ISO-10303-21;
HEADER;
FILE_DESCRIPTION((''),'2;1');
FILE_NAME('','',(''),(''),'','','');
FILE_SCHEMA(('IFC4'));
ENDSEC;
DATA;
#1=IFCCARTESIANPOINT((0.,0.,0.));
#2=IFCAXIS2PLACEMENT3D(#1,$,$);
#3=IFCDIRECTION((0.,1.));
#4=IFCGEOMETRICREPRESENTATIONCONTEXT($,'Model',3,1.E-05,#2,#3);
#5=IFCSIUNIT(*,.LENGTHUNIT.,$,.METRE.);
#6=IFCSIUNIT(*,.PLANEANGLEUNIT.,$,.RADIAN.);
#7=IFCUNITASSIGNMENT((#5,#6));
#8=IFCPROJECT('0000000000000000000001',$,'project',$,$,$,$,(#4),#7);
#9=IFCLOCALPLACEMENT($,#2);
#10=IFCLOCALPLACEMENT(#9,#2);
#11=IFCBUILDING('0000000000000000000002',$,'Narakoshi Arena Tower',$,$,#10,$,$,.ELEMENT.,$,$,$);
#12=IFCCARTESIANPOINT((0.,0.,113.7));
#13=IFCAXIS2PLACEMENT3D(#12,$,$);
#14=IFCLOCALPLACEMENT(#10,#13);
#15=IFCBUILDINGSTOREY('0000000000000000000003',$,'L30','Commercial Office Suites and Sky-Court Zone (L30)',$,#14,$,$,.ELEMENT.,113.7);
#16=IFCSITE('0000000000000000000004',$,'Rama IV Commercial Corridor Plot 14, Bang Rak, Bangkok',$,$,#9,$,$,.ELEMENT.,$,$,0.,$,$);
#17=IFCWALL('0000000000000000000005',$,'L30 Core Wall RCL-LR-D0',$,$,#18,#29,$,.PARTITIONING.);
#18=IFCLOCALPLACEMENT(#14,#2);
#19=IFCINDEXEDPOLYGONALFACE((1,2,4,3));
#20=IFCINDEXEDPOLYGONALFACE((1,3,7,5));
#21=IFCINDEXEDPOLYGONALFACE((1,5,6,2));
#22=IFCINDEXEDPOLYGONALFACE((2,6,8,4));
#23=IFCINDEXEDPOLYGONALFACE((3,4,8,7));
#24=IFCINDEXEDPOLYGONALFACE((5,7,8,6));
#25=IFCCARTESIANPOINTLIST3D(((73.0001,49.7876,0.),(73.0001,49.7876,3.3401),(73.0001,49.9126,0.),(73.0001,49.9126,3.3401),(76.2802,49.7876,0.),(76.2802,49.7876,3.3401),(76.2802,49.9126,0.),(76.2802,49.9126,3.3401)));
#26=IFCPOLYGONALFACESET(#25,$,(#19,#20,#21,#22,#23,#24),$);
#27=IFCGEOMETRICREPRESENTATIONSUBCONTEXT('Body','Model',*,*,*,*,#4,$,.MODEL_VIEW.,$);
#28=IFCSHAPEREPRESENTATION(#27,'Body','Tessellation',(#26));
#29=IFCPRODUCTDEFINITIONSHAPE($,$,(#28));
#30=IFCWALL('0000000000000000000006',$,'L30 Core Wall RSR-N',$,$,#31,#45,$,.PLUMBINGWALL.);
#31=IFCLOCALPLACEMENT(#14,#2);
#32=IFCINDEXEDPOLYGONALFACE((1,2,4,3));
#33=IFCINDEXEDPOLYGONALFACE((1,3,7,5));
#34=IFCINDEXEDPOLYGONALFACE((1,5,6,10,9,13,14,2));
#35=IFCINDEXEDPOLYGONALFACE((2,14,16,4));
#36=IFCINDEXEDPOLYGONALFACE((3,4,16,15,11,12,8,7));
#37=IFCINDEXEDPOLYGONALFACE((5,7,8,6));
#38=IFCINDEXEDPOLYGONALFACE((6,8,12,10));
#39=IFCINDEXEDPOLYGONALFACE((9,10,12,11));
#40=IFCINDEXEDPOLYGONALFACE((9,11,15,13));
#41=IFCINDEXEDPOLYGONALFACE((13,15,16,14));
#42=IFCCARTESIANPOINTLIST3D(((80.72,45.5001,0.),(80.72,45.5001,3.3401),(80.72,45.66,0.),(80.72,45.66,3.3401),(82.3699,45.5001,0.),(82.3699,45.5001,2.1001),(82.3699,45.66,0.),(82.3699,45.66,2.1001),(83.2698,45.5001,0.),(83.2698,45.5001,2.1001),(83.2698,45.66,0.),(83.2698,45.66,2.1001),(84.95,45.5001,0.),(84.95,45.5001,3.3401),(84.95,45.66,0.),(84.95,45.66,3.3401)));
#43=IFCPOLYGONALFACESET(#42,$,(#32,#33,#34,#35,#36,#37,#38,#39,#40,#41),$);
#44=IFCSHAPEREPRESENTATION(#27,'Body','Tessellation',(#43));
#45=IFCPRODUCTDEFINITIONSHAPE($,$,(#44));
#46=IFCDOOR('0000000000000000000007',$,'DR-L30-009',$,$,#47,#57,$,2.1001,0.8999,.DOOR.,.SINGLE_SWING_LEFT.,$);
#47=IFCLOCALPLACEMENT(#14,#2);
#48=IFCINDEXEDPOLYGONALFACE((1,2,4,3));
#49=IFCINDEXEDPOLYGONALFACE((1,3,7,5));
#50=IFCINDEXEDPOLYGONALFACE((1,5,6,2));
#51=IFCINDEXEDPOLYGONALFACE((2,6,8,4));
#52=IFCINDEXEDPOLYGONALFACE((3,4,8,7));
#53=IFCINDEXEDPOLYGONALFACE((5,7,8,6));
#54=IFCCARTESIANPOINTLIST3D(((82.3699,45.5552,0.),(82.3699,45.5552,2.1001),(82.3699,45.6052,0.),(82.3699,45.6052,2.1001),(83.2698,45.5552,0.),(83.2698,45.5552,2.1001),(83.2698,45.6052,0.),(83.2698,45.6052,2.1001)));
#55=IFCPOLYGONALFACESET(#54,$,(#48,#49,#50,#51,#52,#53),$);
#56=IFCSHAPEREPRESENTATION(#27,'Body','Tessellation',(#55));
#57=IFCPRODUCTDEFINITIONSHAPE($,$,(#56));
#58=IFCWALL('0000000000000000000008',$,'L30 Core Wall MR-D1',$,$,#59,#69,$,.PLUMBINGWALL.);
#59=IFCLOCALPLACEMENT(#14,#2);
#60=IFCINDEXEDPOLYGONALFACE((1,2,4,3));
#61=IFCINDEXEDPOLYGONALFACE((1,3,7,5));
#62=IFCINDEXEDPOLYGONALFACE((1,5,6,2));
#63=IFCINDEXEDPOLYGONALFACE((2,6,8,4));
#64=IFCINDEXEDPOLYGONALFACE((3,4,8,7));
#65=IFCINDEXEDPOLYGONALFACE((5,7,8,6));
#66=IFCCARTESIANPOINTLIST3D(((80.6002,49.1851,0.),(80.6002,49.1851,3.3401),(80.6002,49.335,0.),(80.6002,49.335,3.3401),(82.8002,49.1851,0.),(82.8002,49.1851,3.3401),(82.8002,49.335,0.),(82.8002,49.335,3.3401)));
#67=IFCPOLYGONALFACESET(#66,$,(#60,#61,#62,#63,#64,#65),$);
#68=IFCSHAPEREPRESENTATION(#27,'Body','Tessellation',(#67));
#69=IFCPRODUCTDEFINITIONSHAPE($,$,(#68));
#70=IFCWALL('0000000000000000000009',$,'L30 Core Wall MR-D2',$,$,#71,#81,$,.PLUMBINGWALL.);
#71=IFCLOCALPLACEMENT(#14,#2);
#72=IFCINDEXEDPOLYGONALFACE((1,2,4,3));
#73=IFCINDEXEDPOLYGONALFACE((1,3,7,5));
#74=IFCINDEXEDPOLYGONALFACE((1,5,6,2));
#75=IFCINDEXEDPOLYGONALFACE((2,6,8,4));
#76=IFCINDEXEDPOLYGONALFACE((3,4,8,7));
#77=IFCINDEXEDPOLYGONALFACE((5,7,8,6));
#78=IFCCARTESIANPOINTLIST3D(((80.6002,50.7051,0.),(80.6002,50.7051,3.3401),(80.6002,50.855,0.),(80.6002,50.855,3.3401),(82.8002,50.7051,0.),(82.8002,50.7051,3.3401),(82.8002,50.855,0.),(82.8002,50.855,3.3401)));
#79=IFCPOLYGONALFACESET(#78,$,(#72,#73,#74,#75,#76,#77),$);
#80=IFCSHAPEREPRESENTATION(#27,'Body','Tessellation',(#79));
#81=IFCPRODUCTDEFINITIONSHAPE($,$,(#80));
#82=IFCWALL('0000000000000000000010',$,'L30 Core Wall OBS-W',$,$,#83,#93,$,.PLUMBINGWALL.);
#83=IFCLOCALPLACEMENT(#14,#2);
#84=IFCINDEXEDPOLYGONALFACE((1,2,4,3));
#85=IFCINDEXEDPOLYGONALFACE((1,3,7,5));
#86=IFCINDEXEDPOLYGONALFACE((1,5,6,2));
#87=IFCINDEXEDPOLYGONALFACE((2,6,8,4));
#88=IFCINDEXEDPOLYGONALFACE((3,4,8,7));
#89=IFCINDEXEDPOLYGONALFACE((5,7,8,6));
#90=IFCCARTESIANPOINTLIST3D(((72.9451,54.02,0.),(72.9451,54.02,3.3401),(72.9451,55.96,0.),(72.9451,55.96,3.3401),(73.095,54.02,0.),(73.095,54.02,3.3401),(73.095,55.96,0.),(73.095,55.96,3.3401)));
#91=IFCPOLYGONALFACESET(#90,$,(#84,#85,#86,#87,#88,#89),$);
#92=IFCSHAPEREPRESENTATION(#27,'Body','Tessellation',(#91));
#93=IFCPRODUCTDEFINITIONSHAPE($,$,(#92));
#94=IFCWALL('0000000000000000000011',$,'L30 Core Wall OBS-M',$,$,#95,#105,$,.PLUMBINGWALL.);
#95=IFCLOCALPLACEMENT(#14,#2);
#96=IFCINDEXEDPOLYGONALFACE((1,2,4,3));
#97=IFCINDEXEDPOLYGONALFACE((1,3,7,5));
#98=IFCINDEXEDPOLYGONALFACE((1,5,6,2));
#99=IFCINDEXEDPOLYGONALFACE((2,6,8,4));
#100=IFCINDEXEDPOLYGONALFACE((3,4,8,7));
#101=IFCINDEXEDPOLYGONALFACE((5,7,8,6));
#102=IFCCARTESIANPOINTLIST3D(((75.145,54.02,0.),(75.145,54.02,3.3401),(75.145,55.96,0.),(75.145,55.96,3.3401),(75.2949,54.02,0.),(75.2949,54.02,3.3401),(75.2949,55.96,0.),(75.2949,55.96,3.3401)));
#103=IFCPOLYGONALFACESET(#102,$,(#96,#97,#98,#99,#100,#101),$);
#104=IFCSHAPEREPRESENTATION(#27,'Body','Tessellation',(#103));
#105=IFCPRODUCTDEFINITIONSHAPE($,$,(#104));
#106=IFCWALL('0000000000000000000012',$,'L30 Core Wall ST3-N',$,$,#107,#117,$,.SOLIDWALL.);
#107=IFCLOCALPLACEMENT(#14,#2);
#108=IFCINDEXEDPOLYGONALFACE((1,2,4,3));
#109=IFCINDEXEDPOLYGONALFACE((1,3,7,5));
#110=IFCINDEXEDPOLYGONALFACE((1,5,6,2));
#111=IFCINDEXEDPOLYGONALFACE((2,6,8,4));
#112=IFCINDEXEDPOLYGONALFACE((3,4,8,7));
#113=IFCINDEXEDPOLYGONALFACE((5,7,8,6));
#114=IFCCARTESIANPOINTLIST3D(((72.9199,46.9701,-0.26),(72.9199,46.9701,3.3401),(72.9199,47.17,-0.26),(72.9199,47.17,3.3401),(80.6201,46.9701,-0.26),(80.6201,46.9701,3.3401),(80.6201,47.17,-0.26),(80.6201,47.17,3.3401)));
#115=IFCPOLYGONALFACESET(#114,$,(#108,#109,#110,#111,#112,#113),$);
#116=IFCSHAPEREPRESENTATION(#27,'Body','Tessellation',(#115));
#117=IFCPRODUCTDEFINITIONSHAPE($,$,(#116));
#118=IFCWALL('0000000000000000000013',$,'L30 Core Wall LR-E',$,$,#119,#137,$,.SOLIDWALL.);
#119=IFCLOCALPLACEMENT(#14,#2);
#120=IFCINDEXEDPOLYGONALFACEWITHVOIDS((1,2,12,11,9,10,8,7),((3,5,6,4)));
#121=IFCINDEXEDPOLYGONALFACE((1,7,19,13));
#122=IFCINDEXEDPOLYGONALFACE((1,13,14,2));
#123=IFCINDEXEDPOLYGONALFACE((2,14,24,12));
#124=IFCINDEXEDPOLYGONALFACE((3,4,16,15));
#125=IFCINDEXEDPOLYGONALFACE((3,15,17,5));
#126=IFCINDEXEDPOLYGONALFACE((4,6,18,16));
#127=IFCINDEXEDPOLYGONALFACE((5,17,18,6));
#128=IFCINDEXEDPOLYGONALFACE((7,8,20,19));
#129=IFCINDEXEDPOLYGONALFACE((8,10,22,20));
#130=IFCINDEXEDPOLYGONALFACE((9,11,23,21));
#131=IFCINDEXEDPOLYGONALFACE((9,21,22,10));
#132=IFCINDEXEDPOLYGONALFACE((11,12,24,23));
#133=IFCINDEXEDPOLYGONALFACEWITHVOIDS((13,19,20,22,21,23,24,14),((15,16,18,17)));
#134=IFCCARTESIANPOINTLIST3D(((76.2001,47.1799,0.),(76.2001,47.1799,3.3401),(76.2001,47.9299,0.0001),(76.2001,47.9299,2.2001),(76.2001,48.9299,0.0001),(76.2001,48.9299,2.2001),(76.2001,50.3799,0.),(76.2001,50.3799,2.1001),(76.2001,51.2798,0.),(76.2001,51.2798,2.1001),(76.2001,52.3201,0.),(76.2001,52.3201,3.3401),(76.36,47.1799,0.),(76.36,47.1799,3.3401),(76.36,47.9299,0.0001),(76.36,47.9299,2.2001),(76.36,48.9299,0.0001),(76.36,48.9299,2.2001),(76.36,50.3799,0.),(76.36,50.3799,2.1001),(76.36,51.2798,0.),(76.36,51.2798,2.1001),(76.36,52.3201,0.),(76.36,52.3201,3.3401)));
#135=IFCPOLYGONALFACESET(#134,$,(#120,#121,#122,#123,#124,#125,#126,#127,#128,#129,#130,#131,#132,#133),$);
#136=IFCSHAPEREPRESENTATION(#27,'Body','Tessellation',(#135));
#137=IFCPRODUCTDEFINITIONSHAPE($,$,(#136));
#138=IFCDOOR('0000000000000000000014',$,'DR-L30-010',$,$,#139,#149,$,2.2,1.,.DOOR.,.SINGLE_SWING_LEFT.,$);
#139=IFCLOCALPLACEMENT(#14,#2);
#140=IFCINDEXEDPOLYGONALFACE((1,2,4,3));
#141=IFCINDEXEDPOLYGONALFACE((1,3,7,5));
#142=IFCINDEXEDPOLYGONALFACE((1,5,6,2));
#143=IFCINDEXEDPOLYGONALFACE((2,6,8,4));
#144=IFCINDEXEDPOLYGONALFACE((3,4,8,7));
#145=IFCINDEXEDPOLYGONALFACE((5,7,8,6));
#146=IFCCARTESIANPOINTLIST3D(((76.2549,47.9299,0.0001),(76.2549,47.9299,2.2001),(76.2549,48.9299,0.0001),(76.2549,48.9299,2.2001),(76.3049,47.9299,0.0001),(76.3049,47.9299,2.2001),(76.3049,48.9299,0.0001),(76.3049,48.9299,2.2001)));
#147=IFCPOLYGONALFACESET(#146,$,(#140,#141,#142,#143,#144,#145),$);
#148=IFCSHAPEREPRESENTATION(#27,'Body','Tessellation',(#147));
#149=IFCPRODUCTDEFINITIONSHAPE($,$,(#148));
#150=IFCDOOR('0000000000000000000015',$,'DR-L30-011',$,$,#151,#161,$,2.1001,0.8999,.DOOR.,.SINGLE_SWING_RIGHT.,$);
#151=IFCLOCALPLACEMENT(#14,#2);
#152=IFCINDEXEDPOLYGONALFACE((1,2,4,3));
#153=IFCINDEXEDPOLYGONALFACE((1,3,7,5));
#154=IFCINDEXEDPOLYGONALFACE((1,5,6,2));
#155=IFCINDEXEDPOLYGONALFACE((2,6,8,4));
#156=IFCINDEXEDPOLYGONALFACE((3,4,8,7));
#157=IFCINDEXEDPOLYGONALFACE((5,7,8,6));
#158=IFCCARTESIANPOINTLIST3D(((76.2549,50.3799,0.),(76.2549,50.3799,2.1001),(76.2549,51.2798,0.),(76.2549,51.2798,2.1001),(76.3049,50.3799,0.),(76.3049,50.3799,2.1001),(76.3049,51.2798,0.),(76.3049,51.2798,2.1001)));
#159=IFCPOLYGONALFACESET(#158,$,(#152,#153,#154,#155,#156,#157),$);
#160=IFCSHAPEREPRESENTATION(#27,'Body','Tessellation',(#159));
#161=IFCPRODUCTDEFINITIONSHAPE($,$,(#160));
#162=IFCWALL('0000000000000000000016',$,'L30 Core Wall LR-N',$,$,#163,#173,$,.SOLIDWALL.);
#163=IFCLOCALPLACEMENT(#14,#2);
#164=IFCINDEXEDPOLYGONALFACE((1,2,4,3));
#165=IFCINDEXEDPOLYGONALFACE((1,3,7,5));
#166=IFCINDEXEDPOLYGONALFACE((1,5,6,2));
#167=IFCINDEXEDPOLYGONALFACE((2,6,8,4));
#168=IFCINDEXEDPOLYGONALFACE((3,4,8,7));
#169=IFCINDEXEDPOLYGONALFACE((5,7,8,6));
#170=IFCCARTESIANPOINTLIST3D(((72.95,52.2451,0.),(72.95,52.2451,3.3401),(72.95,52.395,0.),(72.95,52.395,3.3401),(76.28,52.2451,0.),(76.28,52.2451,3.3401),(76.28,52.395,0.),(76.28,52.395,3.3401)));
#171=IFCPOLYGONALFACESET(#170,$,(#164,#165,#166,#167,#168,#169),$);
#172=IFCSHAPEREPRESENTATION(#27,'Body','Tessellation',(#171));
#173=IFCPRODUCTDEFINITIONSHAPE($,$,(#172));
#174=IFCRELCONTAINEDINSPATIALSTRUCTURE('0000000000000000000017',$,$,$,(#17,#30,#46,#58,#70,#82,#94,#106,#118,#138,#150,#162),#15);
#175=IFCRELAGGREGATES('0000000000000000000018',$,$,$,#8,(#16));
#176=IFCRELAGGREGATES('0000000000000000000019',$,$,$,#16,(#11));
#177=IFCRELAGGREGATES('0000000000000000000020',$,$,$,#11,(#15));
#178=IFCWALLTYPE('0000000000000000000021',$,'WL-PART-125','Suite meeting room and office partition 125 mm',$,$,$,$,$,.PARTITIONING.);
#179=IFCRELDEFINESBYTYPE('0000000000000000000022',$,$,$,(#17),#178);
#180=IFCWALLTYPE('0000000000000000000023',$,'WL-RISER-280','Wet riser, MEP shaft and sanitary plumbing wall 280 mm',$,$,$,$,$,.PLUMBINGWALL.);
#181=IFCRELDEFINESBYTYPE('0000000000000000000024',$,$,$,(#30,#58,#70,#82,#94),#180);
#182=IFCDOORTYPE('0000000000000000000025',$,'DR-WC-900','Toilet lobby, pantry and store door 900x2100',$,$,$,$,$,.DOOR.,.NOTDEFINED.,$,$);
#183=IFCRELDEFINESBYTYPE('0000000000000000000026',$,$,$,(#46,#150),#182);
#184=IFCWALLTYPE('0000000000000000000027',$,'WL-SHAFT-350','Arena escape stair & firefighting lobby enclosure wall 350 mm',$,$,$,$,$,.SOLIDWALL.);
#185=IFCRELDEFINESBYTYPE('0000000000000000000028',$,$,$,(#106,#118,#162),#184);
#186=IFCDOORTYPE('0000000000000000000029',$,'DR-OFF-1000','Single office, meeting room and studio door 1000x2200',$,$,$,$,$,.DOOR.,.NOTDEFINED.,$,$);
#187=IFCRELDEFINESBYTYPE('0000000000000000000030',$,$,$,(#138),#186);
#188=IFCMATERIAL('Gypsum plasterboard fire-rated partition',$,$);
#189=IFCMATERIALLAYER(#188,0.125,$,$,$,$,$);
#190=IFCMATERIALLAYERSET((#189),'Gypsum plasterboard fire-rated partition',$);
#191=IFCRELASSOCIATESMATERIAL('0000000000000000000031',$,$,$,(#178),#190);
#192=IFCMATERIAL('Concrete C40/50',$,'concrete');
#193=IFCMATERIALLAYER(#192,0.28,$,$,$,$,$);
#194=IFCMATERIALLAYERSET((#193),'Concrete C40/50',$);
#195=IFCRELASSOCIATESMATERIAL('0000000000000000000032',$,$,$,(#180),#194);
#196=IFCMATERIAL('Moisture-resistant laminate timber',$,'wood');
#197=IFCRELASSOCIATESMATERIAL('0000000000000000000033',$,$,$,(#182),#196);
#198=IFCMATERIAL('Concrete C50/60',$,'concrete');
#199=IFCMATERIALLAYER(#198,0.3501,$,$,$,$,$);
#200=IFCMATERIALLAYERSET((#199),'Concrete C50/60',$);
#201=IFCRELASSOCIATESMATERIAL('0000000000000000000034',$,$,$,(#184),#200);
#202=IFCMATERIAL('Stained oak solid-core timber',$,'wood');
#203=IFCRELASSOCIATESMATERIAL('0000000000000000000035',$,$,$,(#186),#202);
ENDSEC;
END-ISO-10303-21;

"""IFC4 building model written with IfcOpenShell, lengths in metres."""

from ifc_helpers import new_model, si_unit, direction, frame, frame_2d, origin, place, context, subcontext, project, spatial, rectangle, extrude, material, layer, layer_set, type_object, element, fill, save


model = new_model("IFC4")

# Units and contexts
model_context = context("Model", 3, precision=1e-05, world=origin(), true_north=direction((0.0, 1.0)))
body_context = subcontext(model_context, "Body", "Model", "MODEL_VIEW")
ifc_project = project(units=[si_unit("LENGTHUNIT", "METRE"), si_unit("PLANEANGLEUNIT", "RADIAN")], contexts=[model_context])

# Site, building, storey
site_placement = place(None, origin())
site = spatial("IfcSite", under=ifc_project, at=site_placement, Name="Rama IV Commercial Corridor Plot 14, Bang Rak, Bangkok", CompositionType="ELEMENT", RefElevation=0.0)
building_placement = place(site_placement, origin())
building = spatial("IfcBuilding", under=site, at=building_placement, Name="Narakoshi Arena Tower", CompositionType="ELEMENT")
storey_placement = place(building_placement, frame((0.0, 0.0, 113.7)))
storey = spatial("IfcBuildingStorey", under=building, at=storey_placement, Name="L30", Description="Commercial Office Suites and Sky-Court Zone (L30)", CompositionType="ELEMENT", Elevation=113.7)

# Wall
ifc_material_1 = material(Name="Gypsum plasterboard fire-rated partition")
ifc_layer_1 = layer(ifc_material_1, 0.125)
ifc_layer_set_1 = layer_set([ifc_layer_1], Name="Gypsum plasterboard fire-rated partition")
wall_type_1 = type_object("IfcWallType", Name="WL-PART-125", Description="Suite meeting room and office partition 125 mm", PredefinedType="PARTITIONING", material=ifc_layer_set_1)
wall_1_placement = place(storey_placement, frame((73.0, 49.8501, 0.0), z_axis=(0.0, 0.0, 1.0), x_axis=(1.0, 0.0, 0.0)))
element("IfcWall", 1, at=wall_1_placement, inside=storey, type_object=wall_type_1, Name="L30 Core Wall RCL-LR-D0", PredefinedType="PARTITIONING", context=body_context, shape_type="SweptSolid", body=[
    extrude(rectangle(XDim=3.28, YDim=0.125, at=frame_2d((1.6401, 0.0))), origin(), (0.0, 0.0, 1.0), 3.3401),
])

# Wall, opening, door
ifc_material_2 = material(Name="Concrete C40/50", Category="concrete")
ifc_layer_2 = layer(ifc_material_2, 0.28)
ifc_layer_set_2 = layer_set([ifc_layer_2], Name="Concrete C40/50")
wall_type_2 = type_object("IfcWallType", Name="WL-RISER-280", Description="Wet riser, MEP shaft and sanitary plumbing wall 280 mm", PredefinedType="PLUMBINGWALL", material=ifc_layer_set_2)
wall_2_placement = place(storey_placement, frame((80.72, 45.5801, 0.0), z_axis=(0.0, 0.0, 1.0), x_axis=(1.0, 0.0, 0.0)))
wall_2 = element("IfcWall", 2, at=wall_2_placement, inside=storey, type_object=wall_type_2, Name="L30 Core Wall RSR-N", PredefinedType="PLUMBINGWALL", context=body_context, shape_type="SweptSolid", body=[
    extrude(rectangle(XDim=4.23, YDim=0.1599, at=frame_2d((2.115, 0.0))), origin(), (0.0, 0.0, 1.0), 3.3401),
])
opening_1_placement = place(wall_2_placement, frame((1.6499, 0.0, 0.0)))
opening_1 = element("IfcOpeningElement", 3, at=opening_1_placement, cuts=wall_2, PredefinedType="OPENING", context=body_context, shape_type="SweptSolid", body=[
    extrude(rectangle(XDim=0.8999, YDim=2.1001, at=frame_2d((0.45, 1.05))), frame((0.0, 0.0898, 0.0), z_axis=(0.0, -1.0, 0.0), x_axis=(1.0, 0.0, 0.0)), (0.0, 0.0, 1.0), 0.1799),
])
ifc_material_3 = material(Name="Moisture-resistant laminate timber", Category="wood")
door_type_1 = type_object("IfcDoorType", Name="DR-WC-900", Description="Toilet lobby, pantry and store door 900x2100", OperationType="NOTDEFINED", PredefinedType="DOOR", material=ifc_material_3)
door_1_placement = place(opening_1_placement, frame((0.8999, 0.0, 0.0), z_axis=(0.0, 0.0, 1.0), x_axis=(-1.0, 0.0, 0.0)))
door_1 = element("IfcDoor", 4, at=door_1_placement, inside=storey, type_object=door_type_1, Name="DR-L30-009", OperationType="SINGLE_SWING_LEFT", OverallHeight=2.1001, OverallWidth=0.8999, PredefinedType="DOOR", context=body_context, shape_type="SweptSolid", body=[
    extrude(rectangle(XDim=0.8999, YDim=2.1001, at=frame_2d((0.45, 1.05))), frame((0.0, 0.0249, 0.0), z_axis=(0.0, -1.0, 0.0), x_axis=(1.0, 0.0, 0.0)), (0.0, 0.0, 1.0), 0.05),
])
fill(opening_1, door_1)

# Walls
for number, where, z_axis, x_axis, name in (
    (5, (80.6001, 49.26, 0.0), (0.0, 0.0, 1.0), (1.0, 0.0, 0.0), "L30 Core Wall MR-D1"),
    (6, (80.6001, 50.78, 0.0), (0.0, 0.0, 1.0), (1.0, 0.0, 0.0), "L30 Core Wall MR-D2"),
):
    element("IfcWall", number, at=place(storey_placement, frame(where, z_axis=z_axis, x_axis=x_axis)), inside=storey, type_object=wall_type_2, Name=name, PredefinedType="PLUMBINGWALL", context=body_context, shape_type="SweptSolid", body=[
        extrude(rectangle(XDim=2.2, YDim=0.1499, at=frame_2d((1.1001, 0.0))), origin(), (0.0, 0.0, 1.0), 3.3401),
    ])
for number, where, z_axis, x_axis, name in (
    (7, (73.02, 54.02, 0.0), (0.0, 0.0, 1.0), (0.0, 1.0, 0.0), "L30 Core Wall OBS-W"),
    (8, (75.22, 54.02, 0.0), (0.0, 0.0, 1.0), (0.0, 1.0, 0.0), "L30 Core Wall OBS-M"),
):
    element("IfcWall", number, at=place(storey_placement, frame(where, z_axis=z_axis, x_axis=x_axis)), inside=storey, type_object=wall_type_2, Name=name, PredefinedType="PLUMBINGWALL", context=body_context, shape_type="SweptSolid", body=[
        extrude(rectangle(XDim=1.9399, YDim=0.1499, at=frame_2d((0.97, 0.0))), origin(), (0.0, 0.0, 1.0), 3.3401),
    ])
ifc_material_4 = material(Name="Concrete C50/60", Category="concrete")
ifc_layer_3 = layer(ifc_material_4, 0.3501)
ifc_layer_set_3 = layer_set([ifc_layer_3], Name="Concrete C50/60")
wall_type_3 = type_object("IfcWallType", Name="WL-SHAFT-350", Description="Arena escape stair & firefighting lobby enclosure wall 350 mm", PredefinedType="SOLIDWALL", material=ifc_layer_set_3)
wall_3_placement = place(storey_placement, frame((72.9199, 47.0701, -0.26), z_axis=(0.0, 0.0, 1.0), x_axis=(1.0, 0.0, 0.0)))
element("IfcWall", 9, at=wall_3_placement, inside=storey, type_object=wall_type_3, Name="L30 Core Wall ST3-N", PredefinedType="SOLIDWALL", context=body_context, shape_type="SweptSolid", body=[
    extrude(rectangle(XDim=7.7002, YDim=0.2, at=frame_2d((3.8501, 0.0))), origin(), (0.0, 0.0, 1.0), 3.6001),
])

# Wall, openings, doors
wall_4_placement = place(storey_placement, frame((76.28, 47.1799, 0.0), z_axis=(0.0, 0.0, 1.0), x_axis=(0.0, 1.0, 0.0)))
wall_4 = element("IfcWall", 10, at=wall_4_placement, inside=storey, type_object=wall_type_3, Name="L30 Core Wall LR-E", PredefinedType="SOLIDWALL", context=body_context, shape_type="SweptSolid", body=[
    extrude(rectangle(XDim=5.1401, YDim=0.1599, at=frame_2d((2.5701, 0.0))), origin(), (0.0, 0.0, 1.0), 3.3401),
])
opening_2_placement = place(wall_4_placement, frame((0.75, 0.0, 0.0)))
opening_2 = element("IfcOpeningElement", 11, at=opening_2_placement, cuts=wall_4, PredefinedType="OPENING", context=body_context, shape_type="SweptSolid", body=[
    extrude(rectangle(XDim=1.0, YDim=2.2, at=frame_2d((0.5, 1.1001))), frame((0.0, 0.0898, 0.0), z_axis=(0.0, -1.0, 0.0), x_axis=(1.0, 0.0, 0.0)), (0.0, 0.0, 1.0), 0.1799),
])
opening_3_placement = place(wall_4_placement, frame((3.2, 0.0, 0.0)))
opening_3 = element("IfcOpeningElement", 12, at=opening_3_placement, cuts=wall_4, PredefinedType="OPENING", context=body_context, shape_type="SweptSolid", body=[
    extrude(rectangle(XDim=0.8999, YDim=2.1001, at=frame_2d((0.45, 1.05))), frame((0.0, 0.0898, 0.0), z_axis=(0.0, -1.0, 0.0), x_axis=(1.0, 0.0, 0.0)), (0.0, 0.0, 1.0), 0.1799),
])
ifc_material_5 = material(Name="Stained oak solid-core timber", Category="wood")
door_type_2 = type_object("IfcDoorType", Name="DR-OFF-1000", Description="Single office, meeting room and studio door 1000x2200", OperationType="NOTDEFINED", PredefinedType="DOOR", material=ifc_material_5)
door_2_placement = place(opening_2_placement, frame((1.0, 0.0, 0.0), z_axis=(0.0, 0.0, 1.0), x_axis=(-1.0, 0.0, 0.0)))
door_2 = element("IfcDoor", 13, at=door_2_placement, inside=storey, type_object=door_type_2, Name="DR-L30-010", OperationType="SINGLE_SWING_LEFT", OverallHeight=2.2, OverallWidth=1.0, PredefinedType="DOOR", context=body_context, shape_type="SweptSolid", body=[
    extrude(rectangle(XDim=1.0, YDim=2.2, at=frame_2d((0.5, 1.1001))), frame((0.0, 0.0249, 0.0), z_axis=(0.0, -1.0, 0.0), x_axis=(1.0, 0.0, 0.0)), (0.0, 0.0, 1.0), 0.05),
])
fill(opening_2, door_2)
door_3_placement = place(opening_3_placement, frame((0.8999, 0.0, 0.0), z_axis=(0.0, 0.0, 1.0), x_axis=(-1.0, 0.0, 0.0)))
door_3 = element("IfcDoor", 14, at=door_3_placement, inside=storey, type_object=door_type_1, Name="DR-L30-011", OperationType="SINGLE_SWING_RIGHT", OverallHeight=2.1001, OverallWidth=0.8999, PredefinedType="DOOR", context=body_context, shape_type="SweptSolid", body=[
    extrude(rectangle(XDim=0.8999, YDim=2.1001, at=frame_2d((0.45, 1.05))), frame((0.0, 0.0249, 0.0), z_axis=(0.0, -1.0, 0.0), x_axis=(1.0, 0.0, 0.0)), (0.0, 0.0, 1.0), 0.05),
])
fill(opening_3, door_3)

# Wall
wall_5_placement = place(storey_placement, frame((72.95, 52.3201, 0.0), z_axis=(0.0, 0.0, 1.0), x_axis=(1.0, 0.0, 0.0)))
element("IfcWall", 15, at=wall_5_placement, inside=storey, type_object=wall_type_3, Name="L30 Core Wall LR-N", PredefinedType="SOLIDWALL", context=body_context, shape_type="SweptSolid", body=[
    extrude(rectangle(XDim=3.3301, YDim=0.1499, at=frame_2d((1.665, 0.0))), origin(), (0.0, 0.0, 1.0), 3.3401),
])

save(model, "model.ifc")
